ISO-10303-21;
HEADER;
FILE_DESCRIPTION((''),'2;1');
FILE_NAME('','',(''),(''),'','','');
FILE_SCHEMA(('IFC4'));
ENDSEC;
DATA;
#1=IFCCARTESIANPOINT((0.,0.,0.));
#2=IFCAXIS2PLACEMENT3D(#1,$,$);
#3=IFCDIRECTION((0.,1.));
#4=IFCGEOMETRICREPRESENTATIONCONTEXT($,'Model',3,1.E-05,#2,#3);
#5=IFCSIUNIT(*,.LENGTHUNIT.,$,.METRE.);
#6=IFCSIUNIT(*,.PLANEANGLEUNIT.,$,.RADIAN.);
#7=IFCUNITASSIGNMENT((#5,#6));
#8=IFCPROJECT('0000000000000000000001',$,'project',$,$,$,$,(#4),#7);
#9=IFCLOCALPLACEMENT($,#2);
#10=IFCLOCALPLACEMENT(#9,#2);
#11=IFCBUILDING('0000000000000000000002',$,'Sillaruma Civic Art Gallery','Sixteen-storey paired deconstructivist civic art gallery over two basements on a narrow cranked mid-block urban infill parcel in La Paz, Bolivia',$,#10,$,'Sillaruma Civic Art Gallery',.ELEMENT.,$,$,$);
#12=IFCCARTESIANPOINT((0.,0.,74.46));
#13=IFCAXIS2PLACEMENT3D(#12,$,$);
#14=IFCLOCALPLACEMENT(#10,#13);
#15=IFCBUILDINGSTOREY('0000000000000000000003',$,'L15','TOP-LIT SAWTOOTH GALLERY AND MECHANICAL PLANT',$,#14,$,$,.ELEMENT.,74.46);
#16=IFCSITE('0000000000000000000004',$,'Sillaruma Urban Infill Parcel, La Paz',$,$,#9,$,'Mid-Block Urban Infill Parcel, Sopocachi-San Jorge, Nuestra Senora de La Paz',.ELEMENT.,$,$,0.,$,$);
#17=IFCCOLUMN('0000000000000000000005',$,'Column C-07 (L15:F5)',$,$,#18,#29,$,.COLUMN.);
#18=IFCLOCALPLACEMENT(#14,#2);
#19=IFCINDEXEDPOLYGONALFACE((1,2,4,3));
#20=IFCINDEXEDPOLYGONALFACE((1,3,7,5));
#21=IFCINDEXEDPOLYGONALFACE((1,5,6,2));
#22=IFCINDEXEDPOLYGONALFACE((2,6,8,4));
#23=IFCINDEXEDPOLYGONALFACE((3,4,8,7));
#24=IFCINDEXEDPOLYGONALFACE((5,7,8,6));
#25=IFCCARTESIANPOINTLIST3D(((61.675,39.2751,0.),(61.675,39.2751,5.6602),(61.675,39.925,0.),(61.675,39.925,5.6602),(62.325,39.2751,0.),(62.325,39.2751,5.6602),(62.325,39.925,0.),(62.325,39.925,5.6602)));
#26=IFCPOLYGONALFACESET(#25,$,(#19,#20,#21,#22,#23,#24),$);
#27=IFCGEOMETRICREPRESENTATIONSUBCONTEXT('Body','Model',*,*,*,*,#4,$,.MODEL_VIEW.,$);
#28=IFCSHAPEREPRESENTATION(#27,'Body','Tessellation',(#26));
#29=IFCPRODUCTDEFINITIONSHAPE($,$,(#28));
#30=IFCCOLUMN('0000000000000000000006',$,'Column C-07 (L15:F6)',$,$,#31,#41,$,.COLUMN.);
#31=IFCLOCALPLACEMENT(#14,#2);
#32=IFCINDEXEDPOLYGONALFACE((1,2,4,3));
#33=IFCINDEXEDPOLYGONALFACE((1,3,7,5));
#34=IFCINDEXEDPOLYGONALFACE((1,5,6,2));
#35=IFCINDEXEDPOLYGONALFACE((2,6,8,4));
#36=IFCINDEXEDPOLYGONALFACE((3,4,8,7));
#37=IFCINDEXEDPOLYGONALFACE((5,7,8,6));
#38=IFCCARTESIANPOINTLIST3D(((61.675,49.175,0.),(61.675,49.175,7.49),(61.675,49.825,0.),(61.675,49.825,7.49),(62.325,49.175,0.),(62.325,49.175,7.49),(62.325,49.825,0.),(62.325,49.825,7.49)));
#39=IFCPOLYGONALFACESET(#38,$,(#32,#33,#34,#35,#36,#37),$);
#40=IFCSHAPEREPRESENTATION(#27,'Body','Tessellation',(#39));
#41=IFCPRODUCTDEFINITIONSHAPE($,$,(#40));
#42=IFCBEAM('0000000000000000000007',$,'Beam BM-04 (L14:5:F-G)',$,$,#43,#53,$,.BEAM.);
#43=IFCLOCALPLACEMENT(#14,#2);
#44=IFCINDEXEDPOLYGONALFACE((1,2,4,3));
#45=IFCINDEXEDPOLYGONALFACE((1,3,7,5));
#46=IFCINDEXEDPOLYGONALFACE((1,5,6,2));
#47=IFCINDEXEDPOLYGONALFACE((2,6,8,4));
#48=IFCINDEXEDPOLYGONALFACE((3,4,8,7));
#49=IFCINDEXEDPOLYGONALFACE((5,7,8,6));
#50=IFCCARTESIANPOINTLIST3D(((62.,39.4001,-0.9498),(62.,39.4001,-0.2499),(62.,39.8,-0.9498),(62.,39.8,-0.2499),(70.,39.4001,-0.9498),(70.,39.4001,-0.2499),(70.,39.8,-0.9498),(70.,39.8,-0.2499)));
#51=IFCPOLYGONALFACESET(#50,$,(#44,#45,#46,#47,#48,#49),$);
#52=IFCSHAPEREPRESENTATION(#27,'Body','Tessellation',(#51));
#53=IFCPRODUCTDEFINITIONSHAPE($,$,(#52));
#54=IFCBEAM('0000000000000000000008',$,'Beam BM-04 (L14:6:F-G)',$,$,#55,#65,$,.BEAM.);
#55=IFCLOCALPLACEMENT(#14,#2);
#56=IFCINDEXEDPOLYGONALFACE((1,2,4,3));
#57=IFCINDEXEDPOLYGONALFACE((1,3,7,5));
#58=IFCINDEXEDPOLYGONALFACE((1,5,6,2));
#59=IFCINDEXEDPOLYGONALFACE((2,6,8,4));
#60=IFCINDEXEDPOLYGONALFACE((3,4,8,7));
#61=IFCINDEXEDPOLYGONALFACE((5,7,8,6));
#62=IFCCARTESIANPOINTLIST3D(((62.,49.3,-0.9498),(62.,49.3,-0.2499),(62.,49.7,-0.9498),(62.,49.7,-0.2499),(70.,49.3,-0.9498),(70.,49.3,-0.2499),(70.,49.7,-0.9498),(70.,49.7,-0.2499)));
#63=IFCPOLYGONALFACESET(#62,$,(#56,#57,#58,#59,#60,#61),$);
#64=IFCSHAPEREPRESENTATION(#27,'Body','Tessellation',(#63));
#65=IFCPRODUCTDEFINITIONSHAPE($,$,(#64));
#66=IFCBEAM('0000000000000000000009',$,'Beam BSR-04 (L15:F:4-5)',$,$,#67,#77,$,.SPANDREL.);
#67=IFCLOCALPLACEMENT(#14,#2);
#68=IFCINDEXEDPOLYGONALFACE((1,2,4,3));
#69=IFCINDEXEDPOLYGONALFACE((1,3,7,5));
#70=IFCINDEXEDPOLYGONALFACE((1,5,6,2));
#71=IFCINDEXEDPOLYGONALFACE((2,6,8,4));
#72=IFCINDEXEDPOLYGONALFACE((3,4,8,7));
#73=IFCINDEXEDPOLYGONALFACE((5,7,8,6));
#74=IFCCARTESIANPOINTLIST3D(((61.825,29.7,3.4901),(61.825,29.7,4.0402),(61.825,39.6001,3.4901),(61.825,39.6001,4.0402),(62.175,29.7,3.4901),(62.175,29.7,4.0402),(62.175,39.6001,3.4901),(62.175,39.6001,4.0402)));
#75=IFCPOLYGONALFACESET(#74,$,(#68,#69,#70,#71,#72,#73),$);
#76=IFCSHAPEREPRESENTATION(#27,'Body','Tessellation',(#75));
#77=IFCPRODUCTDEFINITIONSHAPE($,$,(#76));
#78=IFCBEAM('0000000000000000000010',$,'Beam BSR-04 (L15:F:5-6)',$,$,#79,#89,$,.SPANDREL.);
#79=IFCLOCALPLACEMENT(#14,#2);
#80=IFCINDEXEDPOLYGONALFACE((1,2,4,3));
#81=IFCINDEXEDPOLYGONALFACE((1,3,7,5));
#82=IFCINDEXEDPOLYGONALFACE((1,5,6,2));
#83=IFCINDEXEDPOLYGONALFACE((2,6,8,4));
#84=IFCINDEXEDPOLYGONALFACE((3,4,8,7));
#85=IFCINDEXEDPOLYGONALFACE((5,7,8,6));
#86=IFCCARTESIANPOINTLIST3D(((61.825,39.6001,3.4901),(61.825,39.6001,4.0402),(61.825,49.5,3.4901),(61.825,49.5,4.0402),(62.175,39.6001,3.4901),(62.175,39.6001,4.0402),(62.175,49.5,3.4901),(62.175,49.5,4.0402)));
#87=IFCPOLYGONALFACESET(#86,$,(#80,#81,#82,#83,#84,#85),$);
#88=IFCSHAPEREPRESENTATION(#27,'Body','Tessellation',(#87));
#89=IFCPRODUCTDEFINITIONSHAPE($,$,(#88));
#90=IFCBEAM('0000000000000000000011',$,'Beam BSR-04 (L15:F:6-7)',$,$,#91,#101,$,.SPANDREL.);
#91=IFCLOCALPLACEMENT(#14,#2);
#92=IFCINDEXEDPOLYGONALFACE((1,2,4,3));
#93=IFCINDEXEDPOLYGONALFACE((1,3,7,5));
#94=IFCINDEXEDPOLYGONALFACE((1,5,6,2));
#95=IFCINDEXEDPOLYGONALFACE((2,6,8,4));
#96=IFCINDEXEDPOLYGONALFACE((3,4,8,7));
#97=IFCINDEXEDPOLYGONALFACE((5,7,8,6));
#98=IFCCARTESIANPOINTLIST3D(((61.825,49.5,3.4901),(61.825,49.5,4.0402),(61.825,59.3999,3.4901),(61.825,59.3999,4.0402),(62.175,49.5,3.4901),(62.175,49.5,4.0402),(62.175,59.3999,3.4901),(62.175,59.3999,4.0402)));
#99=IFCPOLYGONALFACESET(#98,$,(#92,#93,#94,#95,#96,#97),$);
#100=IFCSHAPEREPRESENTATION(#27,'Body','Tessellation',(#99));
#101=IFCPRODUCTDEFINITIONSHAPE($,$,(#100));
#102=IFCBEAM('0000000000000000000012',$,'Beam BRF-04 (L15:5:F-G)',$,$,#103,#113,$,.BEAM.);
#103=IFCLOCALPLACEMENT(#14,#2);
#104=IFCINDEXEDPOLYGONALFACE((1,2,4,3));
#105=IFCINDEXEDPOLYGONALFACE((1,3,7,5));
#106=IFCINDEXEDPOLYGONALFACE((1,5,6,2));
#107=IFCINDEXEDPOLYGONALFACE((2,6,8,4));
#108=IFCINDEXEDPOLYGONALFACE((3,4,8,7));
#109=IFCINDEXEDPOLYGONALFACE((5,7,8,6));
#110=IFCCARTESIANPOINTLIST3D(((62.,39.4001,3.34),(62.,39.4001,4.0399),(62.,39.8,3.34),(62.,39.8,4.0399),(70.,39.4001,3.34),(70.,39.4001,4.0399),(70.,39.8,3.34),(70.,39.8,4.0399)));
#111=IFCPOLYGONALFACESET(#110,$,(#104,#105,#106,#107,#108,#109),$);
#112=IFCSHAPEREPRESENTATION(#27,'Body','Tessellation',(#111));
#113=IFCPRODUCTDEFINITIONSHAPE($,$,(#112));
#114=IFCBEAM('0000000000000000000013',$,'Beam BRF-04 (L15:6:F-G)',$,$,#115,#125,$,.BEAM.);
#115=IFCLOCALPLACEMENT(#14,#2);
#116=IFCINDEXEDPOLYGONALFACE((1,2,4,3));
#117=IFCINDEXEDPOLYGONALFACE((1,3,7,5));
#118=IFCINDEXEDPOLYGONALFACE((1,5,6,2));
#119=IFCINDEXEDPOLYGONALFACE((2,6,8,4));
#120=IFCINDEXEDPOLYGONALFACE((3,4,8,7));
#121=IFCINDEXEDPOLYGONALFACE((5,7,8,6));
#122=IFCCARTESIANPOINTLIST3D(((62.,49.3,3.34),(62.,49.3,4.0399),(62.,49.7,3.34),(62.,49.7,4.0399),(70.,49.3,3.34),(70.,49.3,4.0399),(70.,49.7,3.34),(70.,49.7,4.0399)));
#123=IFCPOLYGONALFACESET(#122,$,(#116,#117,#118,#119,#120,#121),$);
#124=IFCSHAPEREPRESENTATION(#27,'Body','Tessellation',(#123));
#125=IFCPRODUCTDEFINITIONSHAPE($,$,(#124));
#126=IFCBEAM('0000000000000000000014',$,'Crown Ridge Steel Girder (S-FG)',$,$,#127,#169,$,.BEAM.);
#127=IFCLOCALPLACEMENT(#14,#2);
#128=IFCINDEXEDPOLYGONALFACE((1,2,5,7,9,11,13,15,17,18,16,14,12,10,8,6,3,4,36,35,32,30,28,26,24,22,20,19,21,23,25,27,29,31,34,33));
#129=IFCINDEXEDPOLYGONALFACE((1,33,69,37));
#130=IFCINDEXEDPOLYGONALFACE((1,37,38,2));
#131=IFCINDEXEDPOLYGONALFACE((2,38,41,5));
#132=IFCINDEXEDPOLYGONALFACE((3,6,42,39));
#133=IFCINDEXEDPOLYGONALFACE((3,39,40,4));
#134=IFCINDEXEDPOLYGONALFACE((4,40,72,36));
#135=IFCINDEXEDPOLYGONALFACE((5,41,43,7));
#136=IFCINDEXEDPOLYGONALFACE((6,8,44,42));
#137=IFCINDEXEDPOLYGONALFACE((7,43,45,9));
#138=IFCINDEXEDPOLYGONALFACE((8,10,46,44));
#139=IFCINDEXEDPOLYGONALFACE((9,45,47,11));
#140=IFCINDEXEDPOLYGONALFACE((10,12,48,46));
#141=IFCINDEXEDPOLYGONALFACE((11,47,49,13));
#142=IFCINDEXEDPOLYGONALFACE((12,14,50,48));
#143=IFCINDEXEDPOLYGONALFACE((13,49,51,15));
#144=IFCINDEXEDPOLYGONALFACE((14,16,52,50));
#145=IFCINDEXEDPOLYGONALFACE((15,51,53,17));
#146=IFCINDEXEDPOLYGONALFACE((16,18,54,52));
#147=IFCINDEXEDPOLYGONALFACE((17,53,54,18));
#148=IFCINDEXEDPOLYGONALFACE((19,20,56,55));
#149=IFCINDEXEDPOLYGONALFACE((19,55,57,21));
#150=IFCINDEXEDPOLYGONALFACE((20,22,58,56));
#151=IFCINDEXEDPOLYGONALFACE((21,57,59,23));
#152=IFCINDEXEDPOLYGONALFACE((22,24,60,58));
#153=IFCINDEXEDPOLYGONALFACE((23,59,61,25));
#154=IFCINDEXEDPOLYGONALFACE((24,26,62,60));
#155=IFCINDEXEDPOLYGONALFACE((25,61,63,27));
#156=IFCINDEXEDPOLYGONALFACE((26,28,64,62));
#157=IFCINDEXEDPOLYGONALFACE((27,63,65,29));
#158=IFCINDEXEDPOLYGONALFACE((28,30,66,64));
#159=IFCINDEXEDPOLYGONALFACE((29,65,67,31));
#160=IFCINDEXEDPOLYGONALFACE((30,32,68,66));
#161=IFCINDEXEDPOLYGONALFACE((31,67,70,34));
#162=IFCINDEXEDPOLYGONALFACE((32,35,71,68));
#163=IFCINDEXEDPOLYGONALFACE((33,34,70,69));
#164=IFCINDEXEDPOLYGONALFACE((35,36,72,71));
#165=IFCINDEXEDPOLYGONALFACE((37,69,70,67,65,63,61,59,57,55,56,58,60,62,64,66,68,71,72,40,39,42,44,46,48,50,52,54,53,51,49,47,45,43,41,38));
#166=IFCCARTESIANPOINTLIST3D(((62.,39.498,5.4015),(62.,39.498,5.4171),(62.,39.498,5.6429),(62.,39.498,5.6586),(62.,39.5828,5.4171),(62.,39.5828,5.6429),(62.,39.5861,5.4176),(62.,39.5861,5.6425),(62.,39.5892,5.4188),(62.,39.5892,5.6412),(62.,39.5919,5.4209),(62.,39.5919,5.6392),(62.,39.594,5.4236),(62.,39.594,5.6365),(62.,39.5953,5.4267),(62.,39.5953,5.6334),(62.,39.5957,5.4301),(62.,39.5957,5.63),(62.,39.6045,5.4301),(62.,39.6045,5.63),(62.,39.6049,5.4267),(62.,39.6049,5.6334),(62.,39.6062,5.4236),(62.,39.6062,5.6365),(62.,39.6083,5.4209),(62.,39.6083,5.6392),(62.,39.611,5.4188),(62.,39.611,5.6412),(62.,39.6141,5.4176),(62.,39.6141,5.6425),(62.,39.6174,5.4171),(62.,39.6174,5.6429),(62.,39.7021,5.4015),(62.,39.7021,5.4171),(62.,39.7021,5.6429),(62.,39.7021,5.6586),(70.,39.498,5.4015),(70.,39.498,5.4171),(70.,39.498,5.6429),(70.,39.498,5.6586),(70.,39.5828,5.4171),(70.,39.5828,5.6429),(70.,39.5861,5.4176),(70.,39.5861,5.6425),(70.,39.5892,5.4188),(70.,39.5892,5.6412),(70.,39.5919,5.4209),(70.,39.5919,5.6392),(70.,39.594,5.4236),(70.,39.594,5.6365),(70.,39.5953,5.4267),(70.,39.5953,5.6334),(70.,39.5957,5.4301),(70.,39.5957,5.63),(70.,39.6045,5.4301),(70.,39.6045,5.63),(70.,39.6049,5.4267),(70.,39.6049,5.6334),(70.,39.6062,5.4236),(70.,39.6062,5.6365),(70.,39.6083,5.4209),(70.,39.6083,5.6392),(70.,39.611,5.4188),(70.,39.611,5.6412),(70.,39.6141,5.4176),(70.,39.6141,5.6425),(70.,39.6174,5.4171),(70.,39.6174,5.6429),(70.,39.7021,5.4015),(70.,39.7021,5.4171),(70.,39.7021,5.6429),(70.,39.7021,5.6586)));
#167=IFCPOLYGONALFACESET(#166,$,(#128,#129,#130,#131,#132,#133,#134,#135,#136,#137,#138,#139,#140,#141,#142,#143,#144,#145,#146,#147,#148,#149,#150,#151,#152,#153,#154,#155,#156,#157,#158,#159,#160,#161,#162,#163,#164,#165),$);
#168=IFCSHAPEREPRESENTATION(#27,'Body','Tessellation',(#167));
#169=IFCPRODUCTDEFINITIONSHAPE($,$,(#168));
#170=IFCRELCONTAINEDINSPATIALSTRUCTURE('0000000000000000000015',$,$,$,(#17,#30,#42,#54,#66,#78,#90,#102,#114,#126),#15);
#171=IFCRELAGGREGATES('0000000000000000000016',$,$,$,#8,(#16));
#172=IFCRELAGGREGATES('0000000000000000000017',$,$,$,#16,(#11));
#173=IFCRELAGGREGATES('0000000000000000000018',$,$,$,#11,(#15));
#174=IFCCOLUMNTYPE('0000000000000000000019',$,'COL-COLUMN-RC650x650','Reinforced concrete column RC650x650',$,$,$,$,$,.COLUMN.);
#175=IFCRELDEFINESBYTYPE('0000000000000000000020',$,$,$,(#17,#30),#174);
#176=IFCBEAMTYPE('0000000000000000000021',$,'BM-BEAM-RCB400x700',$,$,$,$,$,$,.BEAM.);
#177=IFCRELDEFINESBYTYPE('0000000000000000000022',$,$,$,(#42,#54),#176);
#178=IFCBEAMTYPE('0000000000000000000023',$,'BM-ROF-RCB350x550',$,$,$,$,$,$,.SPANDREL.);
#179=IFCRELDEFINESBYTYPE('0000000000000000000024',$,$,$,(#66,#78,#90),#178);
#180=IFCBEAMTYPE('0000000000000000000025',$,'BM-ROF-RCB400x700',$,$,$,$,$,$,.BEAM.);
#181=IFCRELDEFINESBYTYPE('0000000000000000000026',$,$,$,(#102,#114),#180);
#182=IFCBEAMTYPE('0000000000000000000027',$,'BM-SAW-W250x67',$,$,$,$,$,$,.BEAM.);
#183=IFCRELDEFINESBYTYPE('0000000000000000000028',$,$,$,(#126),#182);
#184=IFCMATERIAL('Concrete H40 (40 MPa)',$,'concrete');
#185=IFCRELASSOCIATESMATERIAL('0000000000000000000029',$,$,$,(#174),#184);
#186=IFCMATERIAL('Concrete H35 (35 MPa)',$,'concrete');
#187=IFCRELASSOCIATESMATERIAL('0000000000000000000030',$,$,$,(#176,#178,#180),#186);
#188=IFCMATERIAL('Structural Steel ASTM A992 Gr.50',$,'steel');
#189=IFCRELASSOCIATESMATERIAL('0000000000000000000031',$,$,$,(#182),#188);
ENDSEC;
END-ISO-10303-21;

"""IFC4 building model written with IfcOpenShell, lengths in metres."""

from ifc_helpers import new_model, si_unit, direction, frame, origin, origin_2d, place, context, subcontext, project, spatial, rectangle, i_section, extrude, material, material_profile, profile_set, type_object, element, save


model = new_model("IFC4")

# Units and contexts
model_context = context("Model", 3, precision=1e-05, world=origin(), true_north=direction((0.0, 1.0)))
body_context = subcontext(model_context, "Body", "Model", "MODEL_VIEW")
ifc_project = project(units=[si_unit("LENGTHUNIT", "METRE"), si_unit("PLANEANGLEUNIT", "RADIAN")], contexts=[model_context])

# Site, building, storey
site_placement = place(None, origin())
site = spatial("IfcSite", under=ifc_project, at=site_placement, Name="Sillaruma Urban Infill Parcel, La Paz", LongName="Mid-Block Urban Infill Parcel, Sopocachi-San Jorge, Nuestra Senora de La Paz", CompositionType="ELEMENT", RefElevation=0.0)
building_placement = place(site_placement, origin())
building = spatial("IfcBuilding", under=site, at=building_placement, Name="Sillaruma Civic Art Gallery", Description="Sixteen-storey paired deconstructivist civic art gallery over two basements on a narrow cranked mid-block urban infill parcel in La Paz, Bolivia", LongName="Sillaruma Civic Art Gallery", CompositionType="ELEMENT")
storey_placement = place(building_placement, frame((0.0, 0.0, 74.46)))
storey = spatial("IfcBuildingStorey", under=building, at=storey_placement, Name="L15", Description="TOP-LIT SAWTOOTH GALLERY AND MECHANICAL PLANT", CompositionType="ELEMENT", Elevation=74.46)

# Columns
ifc_material_1 = material(Name="Concrete H40 (40 MPa)", Category="concrete")
ifc_material_profile_1 = material_profile(ifc_material_1, rectangle(XDim=0.6499, YDim=0.6499, at=origin_2d()), Name="RC650x650")
ifc_profile_set_1 = profile_set([ifc_material_profile_1], Name="Concrete H40 (40 MPa)")
column_type = type_object("IfcColumnType", Name="COL-COLUMN-RC650x650", Description="Reinforced concrete column RC650x650", PredefinedType="COLUMN", material=ifc_profile_set_1)
column_1_placement = place(storey_placement, frame((62.0, 39.6001, 0.0), z_axis=(0.0, 0.0, 1.0), x_axis=(1.0, 0.0, 0.0)))
element("IfcColumn", 1, at=column_1_placement, inside=storey, type_object=column_type, Name="Column C-07 (L15:F5)", PredefinedType="COLUMN", context=body_context, shape_type="SweptSolid", body=[
    extrude(rectangle(XDim=0.6499, YDim=0.6499, at=origin_2d()), origin(), (0.0, 0.0, 1.0), 5.6602),
])
column_2_placement = place(storey_placement, frame((62.0, 49.5, 0.0), z_axis=(0.0, 0.0, 1.0), x_axis=(1.0, 0.0, 0.0)))
element("IfcColumn", 2, at=column_2_placement, inside=storey, type_object=column_type, Name="Column C-07 (L15:F6)", PredefinedType="COLUMN", context=body_context, shape_type="SweptSolid", body=[
    extrude(rectangle(XDim=0.6499, YDim=0.6499, at=origin_2d()), origin(), (0.0, 0.0, 1.0), 7.49),
])

# Beams
ifc_material_2 = material(Name="Concrete H35 (35 MPa)", Category="concrete")
ifc_material_profile_2 = material_profile(ifc_material_2, rectangle(XDim=0.3999, YDim=0.7, at=origin_2d()), Name="RCB400x700")
ifc_profile_set_2 = profile_set([ifc_material_profile_2], Name="Concrete H35 (35 MPa)")
beam_type_1 = type_object("IfcBeamType", Name="BM-BEAM-RCB400x700", PredefinedType="BEAM", material=ifc_profile_set_2)
for number, where, z_axis, x_axis, name in (
    (3, (62.0, 39.6001, -0.5999), (1.0, 0.0, 0.0), (0.0, 1.0, 0.0), "Beam BM-04 (L14:5:F-G)"),
    (4, (62.0, 49.5, -0.5999), (1.0, 0.0, 0.0), (0.0, 1.0, 0.0), "Beam BM-04 (L14:6:F-G)"),
):
    element("IfcBeam", number, at=place(storey_placement, frame(where, z_axis=z_axis, x_axis=x_axis)), inside=storey, type_object=beam_type_1, Name=name, PredefinedType="BEAM", context=body_context, shape_type="SweptSolid", body=[
        extrude(rectangle(XDim=0.3999, YDim=0.7, at=origin_2d()), origin(), (0.0, 0.0, 1.0), 8.0),
    ])
ifc_material_profile_3 = material_profile(ifc_material_2, rectangle(XDim=0.3501, YDim=0.55, at=origin_2d()), Name="RCB350x550")
ifc_profile_set_3 = profile_set([ifc_material_profile_3], Name="Concrete H35 (35 MPa)")
beam_type_2 = type_object("IfcBeamType", Name="BM-ROF-RCB350x550", PredefinedType="SPANDREL", material=ifc_profile_set_3)
beam_placement = place(storey_placement, frame((62.0, 29.7, 3.7651), z_axis=(0.0, 1.0, 0.0), x_axis=(-1.0, 0.0, 0.0)))
element("IfcBeam", 5, at=beam_placement, inside=storey, type_object=beam_type_2, Name="Beam BSR-04 (L15:F:4-5)", PredefinedType="SPANDREL", context=body_context, shape_type="SweptSolid", body=[
    extrude(rectangle(XDim=0.3501, YDim=0.55, at=origin_2d()), origin(), (0.0, 0.0, 1.0), 9.9001),
])
for number, where, z_axis, x_axis, name in (
    (6, (62.0, 39.6001, 3.7651), (0.0, 1.0, 0.0), (-1.0, 0.0, 0.0), "Beam BSR-04 (L15:F:5-6)"),
    (7, (62.0, 49.5, 3.7651), (0.0, 1.0, 0.0), (-1.0, 0.0, 0.0), "Beam BSR-04 (L15:F:6-7)"),
):
    element("IfcBeam", number, at=place(storey_placement, frame(where, z_axis=z_axis, x_axis=x_axis)), inside=storey, type_object=beam_type_2, Name=name, PredefinedType="SPANDREL", context=body_context, shape_type="SweptSolid", body=[
        extrude(rectangle(XDim=0.3501, YDim=0.55, at=origin_2d()), origin(), (0.0, 0.0, 1.0), 9.8999),
    ])
ifc_material_profile_4 = material_profile(ifc_material_2, rectangle(XDim=0.3999, YDim=0.7, at=origin_2d()), Name="RCB400x700")
ifc_profile_set_4 = profile_set([ifc_material_profile_4], Name="Concrete H35 (35 MPa)")
beam_type_3 = type_object("IfcBeamType", Name="BM-ROF-RCB400x700", PredefinedType="BEAM", material=ifc_profile_set_4)
for number, where, z_axis, x_axis, name in (
    (8, (62.0, 39.6001, 3.6899), (1.0, 0.0, 0.0), (0.0, 1.0, 0.0), "Beam BRF-04 (L15:5:F-G)"),
    (9, (62.0, 49.5, 3.6899), (1.0, 0.0, 0.0), (0.0, 1.0, 0.0), "Beam BRF-04 (L15:6:F-G)"),
):
    element("IfcBeam", number, at=place(storey_placement, frame(where, z_axis=z_axis, x_axis=x_axis)), inside=storey, type_object=beam_type_3, Name=name, PredefinedType="BEAM", context=body_context, shape_type="SweptSolid", body=[
        extrude(rectangle(XDim=0.3999, YDim=0.7, at=origin_2d()), origin(), (0.0, 0.0, 1.0), 8.0),
    ])
ifc_material_3 = material(Name="Structural Steel ASTM A992 Gr.50", Category="steel")
ifc_material_profile_5 = material_profile(ifc_material_3, i_section(OverallWidth=0.2041, OverallDepth=0.2571, WebThickness=0.0088, FlangeThickness=0.0156, FilletRadius=0.0129, at=origin_2d()), Name="W250x67")
ifc_profile_set_5 = profile_set([ifc_material_profile_5], Name="Structural Steel ASTM A992 Gr.50")
beam_type_4 = type_object("IfcBeamType", Name="BM-SAW-W250x67", PredefinedType="BEAM", material=ifc_profile_set_5)
for number, where, z_axis, x_axis, name in (
    (10, (62.0, 39.6001, 5.53), (1.0, 0.0, 0.0), (0.0, 1.0, 0.0), "Crown Ridge Steel Girder (S-FG)"),
):
    element("IfcBeam", number, at=place(storey_placement, frame(where, z_axis=z_axis, x_axis=x_axis)), inside=storey, type_object=beam_type_4, Name=name, PredefinedType="BEAM", context=body_context, shape_type="SweptSolid", body=[
        extrude(i_section(OverallWidth=0.2041, OverallDepth=0.2571, WebThickness=0.0088, FlangeThickness=0.0156, FilletRadius=0.0129, at=origin_2d()), origin(), (0.0, 0.0, 1.0), 8.0),
    ])

save(model, "model.ifc")
